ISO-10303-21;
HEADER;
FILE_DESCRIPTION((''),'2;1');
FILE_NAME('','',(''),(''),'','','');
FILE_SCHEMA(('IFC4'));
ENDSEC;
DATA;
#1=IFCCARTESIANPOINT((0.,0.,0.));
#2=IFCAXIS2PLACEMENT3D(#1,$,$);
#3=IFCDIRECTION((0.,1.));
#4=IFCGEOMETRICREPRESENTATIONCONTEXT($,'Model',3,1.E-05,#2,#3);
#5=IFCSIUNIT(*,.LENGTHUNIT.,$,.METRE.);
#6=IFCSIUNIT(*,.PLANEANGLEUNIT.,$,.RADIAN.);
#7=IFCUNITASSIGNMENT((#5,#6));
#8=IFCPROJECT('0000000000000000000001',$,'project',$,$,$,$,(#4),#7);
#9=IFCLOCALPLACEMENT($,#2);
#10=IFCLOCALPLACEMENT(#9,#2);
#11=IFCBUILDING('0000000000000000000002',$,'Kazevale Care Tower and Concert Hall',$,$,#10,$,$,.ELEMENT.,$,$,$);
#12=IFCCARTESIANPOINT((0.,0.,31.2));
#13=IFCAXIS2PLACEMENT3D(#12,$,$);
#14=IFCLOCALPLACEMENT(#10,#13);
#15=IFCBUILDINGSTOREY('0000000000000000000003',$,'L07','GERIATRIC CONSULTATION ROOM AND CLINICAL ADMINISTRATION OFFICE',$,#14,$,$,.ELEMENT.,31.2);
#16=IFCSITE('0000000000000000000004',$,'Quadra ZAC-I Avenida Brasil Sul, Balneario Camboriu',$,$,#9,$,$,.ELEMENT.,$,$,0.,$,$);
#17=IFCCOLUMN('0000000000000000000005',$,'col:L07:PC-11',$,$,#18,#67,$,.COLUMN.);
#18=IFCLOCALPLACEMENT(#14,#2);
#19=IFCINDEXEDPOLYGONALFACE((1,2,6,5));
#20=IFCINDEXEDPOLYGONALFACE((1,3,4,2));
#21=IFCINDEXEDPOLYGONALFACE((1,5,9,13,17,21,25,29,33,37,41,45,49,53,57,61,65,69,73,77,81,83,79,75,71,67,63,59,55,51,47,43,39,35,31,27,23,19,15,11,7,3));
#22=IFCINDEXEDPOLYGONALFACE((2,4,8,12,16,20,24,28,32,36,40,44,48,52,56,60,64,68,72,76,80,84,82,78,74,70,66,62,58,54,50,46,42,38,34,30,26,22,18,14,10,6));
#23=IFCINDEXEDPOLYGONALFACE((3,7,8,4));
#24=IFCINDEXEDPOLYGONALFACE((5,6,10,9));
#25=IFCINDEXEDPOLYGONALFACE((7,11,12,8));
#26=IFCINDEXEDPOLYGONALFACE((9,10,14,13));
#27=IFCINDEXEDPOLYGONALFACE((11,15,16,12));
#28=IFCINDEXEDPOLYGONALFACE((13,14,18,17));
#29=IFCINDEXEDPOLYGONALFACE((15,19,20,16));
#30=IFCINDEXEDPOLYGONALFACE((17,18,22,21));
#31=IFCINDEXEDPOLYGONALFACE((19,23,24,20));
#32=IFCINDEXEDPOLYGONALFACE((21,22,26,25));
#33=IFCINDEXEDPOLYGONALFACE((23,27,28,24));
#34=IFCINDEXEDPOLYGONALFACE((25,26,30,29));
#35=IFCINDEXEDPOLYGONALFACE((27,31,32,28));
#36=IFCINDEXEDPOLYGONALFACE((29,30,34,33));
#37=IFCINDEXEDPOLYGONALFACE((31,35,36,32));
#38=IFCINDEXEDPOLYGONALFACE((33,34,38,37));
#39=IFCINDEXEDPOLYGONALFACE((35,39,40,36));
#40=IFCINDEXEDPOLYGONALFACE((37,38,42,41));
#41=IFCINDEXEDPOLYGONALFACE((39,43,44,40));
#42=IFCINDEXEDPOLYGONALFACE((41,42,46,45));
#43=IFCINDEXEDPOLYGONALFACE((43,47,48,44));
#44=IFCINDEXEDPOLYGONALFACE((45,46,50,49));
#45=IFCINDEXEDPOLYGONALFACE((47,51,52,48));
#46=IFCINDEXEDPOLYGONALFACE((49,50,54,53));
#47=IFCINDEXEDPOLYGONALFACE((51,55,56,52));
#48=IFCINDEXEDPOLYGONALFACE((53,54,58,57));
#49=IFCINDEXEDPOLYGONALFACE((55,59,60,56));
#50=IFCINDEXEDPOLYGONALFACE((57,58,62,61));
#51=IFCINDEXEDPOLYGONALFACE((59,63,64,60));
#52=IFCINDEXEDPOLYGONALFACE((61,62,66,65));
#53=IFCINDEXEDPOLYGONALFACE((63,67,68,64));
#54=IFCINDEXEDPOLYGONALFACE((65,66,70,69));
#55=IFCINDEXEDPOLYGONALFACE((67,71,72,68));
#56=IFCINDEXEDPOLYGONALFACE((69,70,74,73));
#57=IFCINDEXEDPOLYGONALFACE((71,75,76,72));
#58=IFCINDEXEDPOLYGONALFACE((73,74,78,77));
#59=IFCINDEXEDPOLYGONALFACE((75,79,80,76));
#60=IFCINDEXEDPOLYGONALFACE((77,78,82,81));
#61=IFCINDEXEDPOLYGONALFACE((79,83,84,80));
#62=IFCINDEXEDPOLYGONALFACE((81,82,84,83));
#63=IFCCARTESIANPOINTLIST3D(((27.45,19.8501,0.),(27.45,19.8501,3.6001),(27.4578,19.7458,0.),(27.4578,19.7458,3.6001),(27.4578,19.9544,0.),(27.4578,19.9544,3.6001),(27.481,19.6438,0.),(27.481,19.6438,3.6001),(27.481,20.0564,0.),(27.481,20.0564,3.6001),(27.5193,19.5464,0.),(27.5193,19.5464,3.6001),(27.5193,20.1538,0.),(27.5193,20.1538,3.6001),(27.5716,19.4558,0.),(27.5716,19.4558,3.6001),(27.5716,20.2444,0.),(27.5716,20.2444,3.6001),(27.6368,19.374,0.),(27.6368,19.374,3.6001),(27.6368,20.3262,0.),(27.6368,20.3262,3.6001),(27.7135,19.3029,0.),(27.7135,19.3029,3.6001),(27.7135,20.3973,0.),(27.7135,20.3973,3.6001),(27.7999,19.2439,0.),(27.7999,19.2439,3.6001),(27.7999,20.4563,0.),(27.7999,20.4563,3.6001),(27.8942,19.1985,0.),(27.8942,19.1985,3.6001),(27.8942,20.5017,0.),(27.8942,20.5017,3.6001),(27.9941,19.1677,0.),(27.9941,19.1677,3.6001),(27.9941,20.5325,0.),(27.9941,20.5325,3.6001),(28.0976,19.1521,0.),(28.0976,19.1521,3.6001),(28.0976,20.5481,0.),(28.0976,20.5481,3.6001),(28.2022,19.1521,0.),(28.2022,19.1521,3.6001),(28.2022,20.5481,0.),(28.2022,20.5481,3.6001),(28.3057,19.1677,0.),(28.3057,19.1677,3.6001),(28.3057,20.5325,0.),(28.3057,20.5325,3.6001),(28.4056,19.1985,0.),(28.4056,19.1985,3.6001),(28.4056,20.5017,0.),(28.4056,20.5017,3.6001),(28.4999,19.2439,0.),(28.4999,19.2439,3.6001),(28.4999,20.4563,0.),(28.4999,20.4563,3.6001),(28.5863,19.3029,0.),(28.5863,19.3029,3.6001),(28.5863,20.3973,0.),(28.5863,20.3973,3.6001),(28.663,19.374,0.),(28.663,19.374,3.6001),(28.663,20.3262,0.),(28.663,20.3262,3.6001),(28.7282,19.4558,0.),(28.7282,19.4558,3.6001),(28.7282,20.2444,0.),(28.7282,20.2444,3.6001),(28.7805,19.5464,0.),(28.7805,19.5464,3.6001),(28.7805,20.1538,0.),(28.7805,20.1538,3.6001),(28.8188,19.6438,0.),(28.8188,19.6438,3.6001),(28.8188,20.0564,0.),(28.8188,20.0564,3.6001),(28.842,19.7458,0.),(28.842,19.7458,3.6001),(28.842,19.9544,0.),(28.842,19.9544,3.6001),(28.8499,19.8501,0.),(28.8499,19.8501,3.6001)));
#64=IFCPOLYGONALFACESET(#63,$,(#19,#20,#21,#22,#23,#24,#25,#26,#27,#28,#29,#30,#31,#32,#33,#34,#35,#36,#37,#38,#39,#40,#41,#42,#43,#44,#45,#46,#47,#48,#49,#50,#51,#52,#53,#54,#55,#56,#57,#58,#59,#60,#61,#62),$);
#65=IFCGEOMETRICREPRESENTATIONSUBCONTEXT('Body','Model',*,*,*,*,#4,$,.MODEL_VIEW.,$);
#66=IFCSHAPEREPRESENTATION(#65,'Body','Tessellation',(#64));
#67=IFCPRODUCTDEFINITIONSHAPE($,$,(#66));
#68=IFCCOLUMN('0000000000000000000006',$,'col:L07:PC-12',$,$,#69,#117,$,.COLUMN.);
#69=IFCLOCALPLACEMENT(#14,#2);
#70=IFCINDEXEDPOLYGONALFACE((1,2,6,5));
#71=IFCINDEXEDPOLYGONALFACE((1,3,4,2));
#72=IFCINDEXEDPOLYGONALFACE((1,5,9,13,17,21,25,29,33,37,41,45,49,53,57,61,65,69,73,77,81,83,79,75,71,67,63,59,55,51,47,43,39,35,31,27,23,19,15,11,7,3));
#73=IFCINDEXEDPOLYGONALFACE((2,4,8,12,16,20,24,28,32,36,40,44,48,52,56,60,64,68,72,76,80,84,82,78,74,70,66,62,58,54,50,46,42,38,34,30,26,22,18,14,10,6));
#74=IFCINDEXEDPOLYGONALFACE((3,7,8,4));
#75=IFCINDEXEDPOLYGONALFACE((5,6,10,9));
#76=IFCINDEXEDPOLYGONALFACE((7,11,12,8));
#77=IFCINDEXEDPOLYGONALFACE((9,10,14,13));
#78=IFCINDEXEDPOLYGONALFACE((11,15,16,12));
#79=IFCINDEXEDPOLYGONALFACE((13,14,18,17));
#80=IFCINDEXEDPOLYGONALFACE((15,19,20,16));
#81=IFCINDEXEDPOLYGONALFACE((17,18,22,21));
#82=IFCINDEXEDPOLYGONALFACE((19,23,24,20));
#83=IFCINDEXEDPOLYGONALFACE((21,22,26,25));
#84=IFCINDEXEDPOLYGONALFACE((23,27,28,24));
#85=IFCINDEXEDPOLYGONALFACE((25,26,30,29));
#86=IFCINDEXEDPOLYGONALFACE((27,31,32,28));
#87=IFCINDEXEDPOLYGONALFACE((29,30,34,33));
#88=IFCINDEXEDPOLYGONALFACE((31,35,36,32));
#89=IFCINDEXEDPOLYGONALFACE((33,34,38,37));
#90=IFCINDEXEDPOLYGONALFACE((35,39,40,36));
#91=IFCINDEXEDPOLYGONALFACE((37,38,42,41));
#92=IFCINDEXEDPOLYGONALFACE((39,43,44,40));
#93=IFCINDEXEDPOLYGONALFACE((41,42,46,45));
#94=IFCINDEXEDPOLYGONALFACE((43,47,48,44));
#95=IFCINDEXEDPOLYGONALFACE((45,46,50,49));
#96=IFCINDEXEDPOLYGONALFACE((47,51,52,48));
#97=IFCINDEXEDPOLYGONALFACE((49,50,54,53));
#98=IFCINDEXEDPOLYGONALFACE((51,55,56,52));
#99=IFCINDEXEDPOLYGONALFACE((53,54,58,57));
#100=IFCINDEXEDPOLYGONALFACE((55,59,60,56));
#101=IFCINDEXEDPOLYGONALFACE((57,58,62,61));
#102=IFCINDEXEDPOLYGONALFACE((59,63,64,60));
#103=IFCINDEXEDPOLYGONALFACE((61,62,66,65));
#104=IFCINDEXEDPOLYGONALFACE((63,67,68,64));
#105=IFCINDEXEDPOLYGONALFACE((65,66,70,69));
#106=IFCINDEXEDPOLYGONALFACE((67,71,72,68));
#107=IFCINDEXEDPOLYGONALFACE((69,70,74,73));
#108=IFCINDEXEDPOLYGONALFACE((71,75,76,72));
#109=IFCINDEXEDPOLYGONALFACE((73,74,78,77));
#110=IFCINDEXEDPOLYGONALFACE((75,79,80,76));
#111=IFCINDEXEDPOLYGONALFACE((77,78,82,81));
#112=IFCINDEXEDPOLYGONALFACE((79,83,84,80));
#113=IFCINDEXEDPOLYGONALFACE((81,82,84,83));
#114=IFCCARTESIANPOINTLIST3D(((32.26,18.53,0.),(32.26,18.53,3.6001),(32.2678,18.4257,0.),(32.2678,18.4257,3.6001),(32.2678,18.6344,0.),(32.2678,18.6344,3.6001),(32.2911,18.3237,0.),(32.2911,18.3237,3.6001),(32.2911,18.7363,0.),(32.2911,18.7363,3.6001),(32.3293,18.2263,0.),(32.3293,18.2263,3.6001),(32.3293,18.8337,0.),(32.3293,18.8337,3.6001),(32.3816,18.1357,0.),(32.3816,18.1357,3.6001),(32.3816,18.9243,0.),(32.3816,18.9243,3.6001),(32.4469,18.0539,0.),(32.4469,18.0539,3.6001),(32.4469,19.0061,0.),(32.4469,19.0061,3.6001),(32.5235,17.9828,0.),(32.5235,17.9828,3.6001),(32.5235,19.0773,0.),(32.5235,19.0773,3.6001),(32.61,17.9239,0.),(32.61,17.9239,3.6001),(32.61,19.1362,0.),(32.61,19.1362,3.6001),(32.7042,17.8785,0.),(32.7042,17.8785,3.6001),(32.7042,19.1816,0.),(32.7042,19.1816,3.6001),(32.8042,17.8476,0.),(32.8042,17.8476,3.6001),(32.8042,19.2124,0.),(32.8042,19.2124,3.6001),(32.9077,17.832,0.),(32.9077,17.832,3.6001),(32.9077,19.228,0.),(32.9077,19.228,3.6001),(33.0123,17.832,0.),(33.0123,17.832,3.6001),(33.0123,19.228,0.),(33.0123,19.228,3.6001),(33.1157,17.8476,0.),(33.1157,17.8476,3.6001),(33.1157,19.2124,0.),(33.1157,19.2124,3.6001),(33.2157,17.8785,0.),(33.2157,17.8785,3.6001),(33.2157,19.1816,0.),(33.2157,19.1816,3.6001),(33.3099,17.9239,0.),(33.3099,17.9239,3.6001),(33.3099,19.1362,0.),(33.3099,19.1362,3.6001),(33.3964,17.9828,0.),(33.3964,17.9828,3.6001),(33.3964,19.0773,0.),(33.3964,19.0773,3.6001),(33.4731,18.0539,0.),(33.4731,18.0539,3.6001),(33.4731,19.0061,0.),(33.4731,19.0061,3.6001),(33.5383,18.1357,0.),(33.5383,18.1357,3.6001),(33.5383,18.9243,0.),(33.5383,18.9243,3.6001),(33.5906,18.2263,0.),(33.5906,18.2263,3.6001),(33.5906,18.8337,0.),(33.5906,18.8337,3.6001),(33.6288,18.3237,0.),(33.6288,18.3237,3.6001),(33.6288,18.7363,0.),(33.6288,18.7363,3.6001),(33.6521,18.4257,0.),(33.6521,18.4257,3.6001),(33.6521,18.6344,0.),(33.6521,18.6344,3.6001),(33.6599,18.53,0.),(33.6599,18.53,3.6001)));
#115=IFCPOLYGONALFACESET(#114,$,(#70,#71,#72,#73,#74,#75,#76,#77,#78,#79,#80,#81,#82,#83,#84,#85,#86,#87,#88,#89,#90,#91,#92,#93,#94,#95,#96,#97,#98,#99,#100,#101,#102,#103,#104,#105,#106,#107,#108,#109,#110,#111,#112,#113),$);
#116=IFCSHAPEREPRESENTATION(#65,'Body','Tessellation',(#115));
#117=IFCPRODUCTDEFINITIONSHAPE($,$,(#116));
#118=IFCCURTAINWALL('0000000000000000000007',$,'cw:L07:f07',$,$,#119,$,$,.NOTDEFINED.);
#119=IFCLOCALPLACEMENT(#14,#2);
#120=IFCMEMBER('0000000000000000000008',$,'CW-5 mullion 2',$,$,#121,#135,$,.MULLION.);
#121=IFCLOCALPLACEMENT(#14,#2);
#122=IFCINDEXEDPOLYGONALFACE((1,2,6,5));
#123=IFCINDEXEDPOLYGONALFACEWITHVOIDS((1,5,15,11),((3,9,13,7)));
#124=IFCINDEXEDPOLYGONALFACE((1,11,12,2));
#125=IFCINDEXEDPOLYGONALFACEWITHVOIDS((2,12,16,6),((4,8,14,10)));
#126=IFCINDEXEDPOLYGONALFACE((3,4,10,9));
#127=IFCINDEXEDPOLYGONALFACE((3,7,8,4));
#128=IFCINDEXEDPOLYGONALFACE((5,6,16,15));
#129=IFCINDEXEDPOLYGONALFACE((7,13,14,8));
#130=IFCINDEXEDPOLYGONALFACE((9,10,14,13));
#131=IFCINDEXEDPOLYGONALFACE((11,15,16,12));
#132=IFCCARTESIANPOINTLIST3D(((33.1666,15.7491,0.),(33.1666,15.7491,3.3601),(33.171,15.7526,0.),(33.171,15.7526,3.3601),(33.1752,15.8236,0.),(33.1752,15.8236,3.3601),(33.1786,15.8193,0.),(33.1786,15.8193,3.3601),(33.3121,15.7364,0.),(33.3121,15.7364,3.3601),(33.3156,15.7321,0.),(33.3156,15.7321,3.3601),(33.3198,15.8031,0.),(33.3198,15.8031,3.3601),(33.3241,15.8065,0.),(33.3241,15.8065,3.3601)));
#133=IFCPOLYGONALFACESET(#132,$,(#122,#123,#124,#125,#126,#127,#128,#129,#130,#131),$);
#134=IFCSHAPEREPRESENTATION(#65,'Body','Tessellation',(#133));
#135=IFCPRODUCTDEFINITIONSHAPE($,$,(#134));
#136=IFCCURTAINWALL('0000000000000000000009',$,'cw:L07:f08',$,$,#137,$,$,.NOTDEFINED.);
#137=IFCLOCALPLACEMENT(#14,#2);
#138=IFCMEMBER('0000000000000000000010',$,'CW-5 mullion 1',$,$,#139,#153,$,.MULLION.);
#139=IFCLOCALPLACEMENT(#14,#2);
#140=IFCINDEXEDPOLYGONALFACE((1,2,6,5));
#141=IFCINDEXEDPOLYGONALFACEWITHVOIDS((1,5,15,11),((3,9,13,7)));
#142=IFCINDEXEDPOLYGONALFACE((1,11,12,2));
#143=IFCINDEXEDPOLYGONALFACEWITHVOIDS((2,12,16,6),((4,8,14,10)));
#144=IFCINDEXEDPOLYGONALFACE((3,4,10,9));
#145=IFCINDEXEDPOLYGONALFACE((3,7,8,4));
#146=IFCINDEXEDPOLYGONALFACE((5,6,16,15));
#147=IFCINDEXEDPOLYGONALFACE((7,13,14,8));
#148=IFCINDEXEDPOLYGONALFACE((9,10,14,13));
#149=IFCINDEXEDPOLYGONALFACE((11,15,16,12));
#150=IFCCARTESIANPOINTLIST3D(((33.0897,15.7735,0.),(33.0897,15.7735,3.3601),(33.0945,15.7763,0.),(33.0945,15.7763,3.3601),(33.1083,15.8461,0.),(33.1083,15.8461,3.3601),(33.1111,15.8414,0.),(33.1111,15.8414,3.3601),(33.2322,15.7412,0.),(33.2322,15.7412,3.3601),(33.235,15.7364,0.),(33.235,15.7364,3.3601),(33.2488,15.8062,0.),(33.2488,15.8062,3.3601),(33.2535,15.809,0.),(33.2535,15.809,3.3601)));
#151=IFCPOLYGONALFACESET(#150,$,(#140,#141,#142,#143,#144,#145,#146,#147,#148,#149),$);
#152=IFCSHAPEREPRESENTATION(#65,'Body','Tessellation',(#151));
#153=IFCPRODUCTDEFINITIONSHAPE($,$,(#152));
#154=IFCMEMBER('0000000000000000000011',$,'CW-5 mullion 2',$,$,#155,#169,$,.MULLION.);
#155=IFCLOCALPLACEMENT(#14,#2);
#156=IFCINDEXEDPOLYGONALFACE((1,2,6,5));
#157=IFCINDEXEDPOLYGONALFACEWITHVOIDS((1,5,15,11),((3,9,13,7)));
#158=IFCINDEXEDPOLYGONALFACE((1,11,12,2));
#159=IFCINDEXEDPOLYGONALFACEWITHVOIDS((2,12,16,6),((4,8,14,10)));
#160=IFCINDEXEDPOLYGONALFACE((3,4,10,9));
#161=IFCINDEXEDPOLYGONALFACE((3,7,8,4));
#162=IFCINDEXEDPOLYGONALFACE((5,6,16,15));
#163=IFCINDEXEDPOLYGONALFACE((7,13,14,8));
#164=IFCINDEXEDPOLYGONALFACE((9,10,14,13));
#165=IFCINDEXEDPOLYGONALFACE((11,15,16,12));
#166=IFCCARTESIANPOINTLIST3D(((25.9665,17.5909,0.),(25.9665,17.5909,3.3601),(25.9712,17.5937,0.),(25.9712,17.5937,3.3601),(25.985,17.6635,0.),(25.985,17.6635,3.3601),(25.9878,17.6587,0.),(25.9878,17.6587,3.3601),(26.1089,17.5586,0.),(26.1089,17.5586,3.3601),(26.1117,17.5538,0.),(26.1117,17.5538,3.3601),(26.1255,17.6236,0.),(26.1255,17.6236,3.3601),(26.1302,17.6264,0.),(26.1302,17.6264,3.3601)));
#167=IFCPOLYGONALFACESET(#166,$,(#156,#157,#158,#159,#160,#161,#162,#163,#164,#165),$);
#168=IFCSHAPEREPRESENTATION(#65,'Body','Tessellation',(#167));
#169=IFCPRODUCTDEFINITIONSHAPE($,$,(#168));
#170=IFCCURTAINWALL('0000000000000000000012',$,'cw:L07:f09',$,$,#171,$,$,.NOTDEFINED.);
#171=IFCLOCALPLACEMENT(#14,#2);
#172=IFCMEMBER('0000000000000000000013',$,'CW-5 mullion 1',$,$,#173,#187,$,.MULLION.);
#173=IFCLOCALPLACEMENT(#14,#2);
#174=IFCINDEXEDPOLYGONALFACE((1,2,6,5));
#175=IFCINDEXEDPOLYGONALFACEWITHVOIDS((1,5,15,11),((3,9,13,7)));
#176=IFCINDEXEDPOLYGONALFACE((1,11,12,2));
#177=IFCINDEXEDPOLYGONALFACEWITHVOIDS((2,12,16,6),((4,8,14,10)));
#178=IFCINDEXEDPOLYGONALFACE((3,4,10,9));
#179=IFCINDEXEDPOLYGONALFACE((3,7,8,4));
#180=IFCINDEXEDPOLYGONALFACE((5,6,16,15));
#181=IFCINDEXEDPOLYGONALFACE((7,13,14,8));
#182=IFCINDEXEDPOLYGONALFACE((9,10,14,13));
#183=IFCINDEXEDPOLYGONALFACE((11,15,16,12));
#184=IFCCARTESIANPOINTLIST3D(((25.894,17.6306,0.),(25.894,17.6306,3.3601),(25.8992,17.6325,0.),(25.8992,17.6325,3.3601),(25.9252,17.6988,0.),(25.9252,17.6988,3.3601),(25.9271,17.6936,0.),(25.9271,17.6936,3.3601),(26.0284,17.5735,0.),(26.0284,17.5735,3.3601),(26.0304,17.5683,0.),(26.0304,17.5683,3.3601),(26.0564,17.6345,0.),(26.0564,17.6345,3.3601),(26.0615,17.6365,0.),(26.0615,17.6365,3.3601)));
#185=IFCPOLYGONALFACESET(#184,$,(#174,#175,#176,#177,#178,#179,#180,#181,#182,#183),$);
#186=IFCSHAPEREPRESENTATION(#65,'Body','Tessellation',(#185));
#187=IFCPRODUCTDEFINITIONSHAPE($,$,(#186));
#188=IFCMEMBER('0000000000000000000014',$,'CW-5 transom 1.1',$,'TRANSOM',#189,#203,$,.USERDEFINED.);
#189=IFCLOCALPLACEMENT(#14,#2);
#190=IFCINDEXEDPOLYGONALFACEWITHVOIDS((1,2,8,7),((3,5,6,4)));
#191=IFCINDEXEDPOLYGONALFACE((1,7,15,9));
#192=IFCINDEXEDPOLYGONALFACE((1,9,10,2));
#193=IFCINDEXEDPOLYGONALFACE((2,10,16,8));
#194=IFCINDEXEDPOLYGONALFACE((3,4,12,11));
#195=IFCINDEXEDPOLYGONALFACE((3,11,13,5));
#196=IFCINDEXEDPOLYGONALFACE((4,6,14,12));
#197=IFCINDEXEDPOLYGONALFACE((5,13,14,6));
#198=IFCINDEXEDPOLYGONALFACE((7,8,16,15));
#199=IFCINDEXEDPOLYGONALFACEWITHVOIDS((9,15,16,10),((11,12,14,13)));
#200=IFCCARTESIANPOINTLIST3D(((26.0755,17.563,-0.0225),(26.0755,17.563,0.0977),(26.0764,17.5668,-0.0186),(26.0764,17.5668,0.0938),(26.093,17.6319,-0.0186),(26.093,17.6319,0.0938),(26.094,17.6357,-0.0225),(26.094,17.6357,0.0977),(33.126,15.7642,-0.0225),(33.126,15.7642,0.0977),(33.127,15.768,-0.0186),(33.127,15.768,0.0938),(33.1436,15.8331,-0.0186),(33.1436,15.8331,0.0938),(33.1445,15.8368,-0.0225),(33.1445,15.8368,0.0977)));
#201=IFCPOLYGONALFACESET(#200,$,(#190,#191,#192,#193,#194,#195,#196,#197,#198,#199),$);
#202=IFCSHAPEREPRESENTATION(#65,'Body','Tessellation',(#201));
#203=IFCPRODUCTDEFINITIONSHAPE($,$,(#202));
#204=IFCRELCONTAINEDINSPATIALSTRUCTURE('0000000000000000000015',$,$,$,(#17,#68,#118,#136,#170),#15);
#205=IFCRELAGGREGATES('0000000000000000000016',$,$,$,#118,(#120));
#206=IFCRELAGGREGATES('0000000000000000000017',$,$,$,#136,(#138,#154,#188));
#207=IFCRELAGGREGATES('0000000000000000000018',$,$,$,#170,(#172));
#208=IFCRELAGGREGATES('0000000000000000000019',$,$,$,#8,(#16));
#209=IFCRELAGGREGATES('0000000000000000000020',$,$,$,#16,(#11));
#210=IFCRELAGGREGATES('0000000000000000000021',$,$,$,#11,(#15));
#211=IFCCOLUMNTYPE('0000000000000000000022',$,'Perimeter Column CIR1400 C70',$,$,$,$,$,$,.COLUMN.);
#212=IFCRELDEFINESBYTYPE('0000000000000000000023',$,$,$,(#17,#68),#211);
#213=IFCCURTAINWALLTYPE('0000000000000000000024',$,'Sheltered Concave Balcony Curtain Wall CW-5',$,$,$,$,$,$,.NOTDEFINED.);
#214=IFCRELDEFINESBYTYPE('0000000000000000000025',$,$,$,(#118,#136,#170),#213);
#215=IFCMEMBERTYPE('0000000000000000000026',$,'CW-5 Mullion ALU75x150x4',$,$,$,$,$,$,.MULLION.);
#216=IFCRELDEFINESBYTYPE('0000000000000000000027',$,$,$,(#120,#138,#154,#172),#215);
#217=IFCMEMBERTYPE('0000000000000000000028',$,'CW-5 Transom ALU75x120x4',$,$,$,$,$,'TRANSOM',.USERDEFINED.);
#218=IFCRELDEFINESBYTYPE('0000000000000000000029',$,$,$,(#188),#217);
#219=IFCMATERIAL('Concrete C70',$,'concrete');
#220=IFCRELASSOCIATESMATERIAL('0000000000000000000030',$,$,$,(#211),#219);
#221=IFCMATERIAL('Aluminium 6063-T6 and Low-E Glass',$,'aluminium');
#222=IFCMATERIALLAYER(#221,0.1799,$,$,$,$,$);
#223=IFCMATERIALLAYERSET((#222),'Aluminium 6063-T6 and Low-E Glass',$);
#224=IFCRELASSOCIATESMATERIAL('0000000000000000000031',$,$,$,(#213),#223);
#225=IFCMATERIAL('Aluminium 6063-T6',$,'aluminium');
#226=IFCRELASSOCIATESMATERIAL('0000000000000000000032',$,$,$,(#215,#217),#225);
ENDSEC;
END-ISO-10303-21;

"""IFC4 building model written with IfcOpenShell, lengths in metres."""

from ifc_helpers import new_model, si_unit, direction, frame, origin, origin_2d, place, context, subcontext, project, spatial, hollow_rectangle, circle, extrude, material, layer, layer_set, material_profile, profile_set, type_object, element, aggregate, save


model = new_model("IFC4")

# Units and contexts
model_context = context("Model", 3, precision=1e-05, world=origin(), true_north=direction((0.0, 1.0)))
body_context = subcontext(model_context, "Body", "Model", "MODEL_VIEW")
ifc_project = project(units=[si_unit("LENGTHUNIT", "METRE"), si_unit("PLANEANGLEUNIT", "RADIAN")], contexts=[model_context])

# Site, building, storey
site_placement = place(None, origin())
site = spatial("IfcSite", under=ifc_project, at=site_placement, Name="Quadra ZAC-I Avenida Brasil Sul, Balneario Camboriu", CompositionType="ELEMENT", RefElevation=0.0)
building_placement = place(site_placement, origin())
building = spatial("IfcBuilding", under=site, at=building_placement, Name="Kazevale Care Tower and Concert Hall", CompositionType="ELEMENT")
storey_placement = place(building_placement, frame((0.0, 0.0, 31.2)))
storey = spatial("IfcBuildingStorey", under=building, at=storey_placement, Name="L07", Description="GERIATRIC CONSULTATION ROOM AND CLINICAL ADMINISTRATION OFFICE", CompositionType="ELEMENT", Elevation=31.2)

# Columns
ifc_material_1 = material(Name="Concrete C70", Category="concrete")
ifc_material_profile_1 = material_profile(ifc_material_1, circle(Radius=0.7, at=origin_2d()), Name="RC-CIR1400")
ifc_profile_set_1 = profile_set([ifc_material_profile_1], Name="Concrete C70")
column_type = type_object("IfcColumnType", Name="Perimeter Column CIR1400 C70", PredefinedType="COLUMN", material=ifc_profile_set_1)
for number, where, z_axis, x_axis, name in (
    (1, (28.1499, 19.8501, 0.0), (0.0, 0.0, 1.0), (1.0, 0.0, 0.0), "col:L07:PC-11"),
    (2, (32.96, 18.53, 0.0), (0.0, 0.0, 1.0), (1.0, 0.0, 0.0), "col:L07:PC-12"),
):
    element("IfcColumn", number, at=place(storey_placement, frame(where, z_axis=z_axis, x_axis=x_axis)), inside=storey, type_object=column_type, Name=name, PredefinedType="COLUMN", context=body_context, shape_type="SweptSolid", body=[
        extrude(circle(Radius=0.7, at=origin_2d()), origin(), (0.0, 0.0, 1.0), 3.6001),
    ])

# Curtain wall, member
ifc_material_2 = material(Name="Aluminium 6063-T6 and Low-E Glass", Category="aluminium")
ifc_layer_1 = layer(ifc_material_2, 0.1799)
ifc_layer_set_1 = layer_set([ifc_layer_1], Name="Aluminium 6063-T6 and Low-E Glass")
curtain_wall_type = type_object("IfcCurtainWallType", Name="Sheltered Concave Balcony Curtain Wall CW-5", PredefinedType="NOTDEFINED", material=ifc_layer_set_1)
curtain_wall_1_placement = place(storey_placement, origin())
curtain_wall_1 = element("IfcCurtainWall", 3, at=curtain_wall_1_placement, inside=storey, type_object=curtain_wall_type, Name="cw:L07:f07", PredefinedType="NOTDEFINED")
ifc_material_3 = material(Name="Aluminium 6063-T6", Category="aluminium")
ifc_material_profile_2 = material_profile(ifc_material_3, hollow_rectangle(XDim=0.075, YDim=0.1499, WallThickness=0.0039, at=origin_2d()), Name="ALU75x150x4")
ifc_profile_set_2 = profile_set([ifc_material_profile_2], Name="Aluminium 6063-T6")
member_type_1 = type_object("IfcMemberType", Name="CW-5 Mullion ALU75x150x4", PredefinedType="MULLION", material=ifc_profile_set_2)
member_1_placement = place(storey_placement, frame((33.2454, 15.7778, 0.0), z_axis=(0.0, 0.0, 1.0), x_axis=(-0.113705, -0.993515, 0.0)))
member_1 = element("IfcMember", 4, at=member_1_placement, type_object=member_type_1, Name="CW-5 mullion 2", PredefinedType="MULLION", context=body_context, shape_type="SweptSolid", body=[
    extrude(hollow_rectangle(XDim=0.075, YDim=0.1499, WallThickness=0.0039, at=origin_2d()), origin(), (0.0, 0.0, 1.0), 3.3601),
])
aggregate(curtain_wall_1, [member_1])

# Curtain wall, members
curtain_wall_2_placement = place(storey_placement, origin())
curtain_wall_2 = element("IfcCurtainWall", 5, at=curtain_wall_2_placement, inside=storey, type_object=curtain_wall_type, Name="cw:L07:f08", PredefinedType="NOTDEFINED")
member_2_placement = place(storey_placement, frame((33.1716, 15.7913, 0.0), z_axis=(0.0, 0.0, 1.0), x_axis=(-0.247222, -0.968959, 0.0)))
member_2 = element("IfcMember", 6, at=member_2_placement, type_object=member_type_1, Name="CW-5 mullion 1", PredefinedType="MULLION", context=body_context, shape_type="SweptSolid", body=[
    extrude(hollow_rectangle(XDim=0.075, YDim=0.1499, WallThickness=0.0039, at=origin_2d()), origin(), (0.0, 0.0, 1.0), 3.3601),
])
member_3_placement = place(storey_placement, frame((26.0483, 17.6086, 0.0), z_axis=(0.0, 0.0, 1.0), x_axis=(-0.247222, -0.968959, 0.0)))
member_3 = element("IfcMember", 7, at=member_3_placement, type_object=member_type_1, Name="CW-5 mullion 2", PredefinedType="MULLION", context=body_context, shape_type="SweptSolid", body=[
    extrude(hollow_rectangle(XDim=0.075, YDim=0.1499, WallThickness=0.0039, at=origin_2d()), origin(), (0.0, 0.0, 1.0), 3.3601),
])

# Curtain wall, member
curtain_wall_3_placement = place(storey_placement, origin())
curtain_wall_3 = element("IfcCurtainWall", 8, at=curtain_wall_3_placement, inside=storey, type_object=curtain_wall_type, Name="cw:L07:f09", PredefinedType="NOTDEFINED")
member_4_placement = place(storey_placement, frame((25.9778, 17.6335, 0.0), z_axis=(0.0, 0.0, 1.0), x_axis=(-0.41566, -0.90952, 0.0)))
member_4 = element("IfcMember", 9, at=member_4_placement, type_object=member_type_1, Name="CW-5 mullion 1", PredefinedType="MULLION", context=body_context, shape_type="SweptSolid", body=[
    extrude(hollow_rectangle(XDim=0.075, YDim=0.1499, WallThickness=0.0039, at=origin_2d()), origin(), (0.0, 0.0, 1.0), 3.3601),
])

# Member
ifc_material_profile_3 = material_profile(ifc_material_3, hollow_rectangle(XDim=0.075, YDim=0.1201, WallThickness=0.0039, at=origin_2d()), Name="ALU75x120x4")
ifc_profile_set_3 = profile_set([ifc_material_profile_3], Name="Aluminium 6063-T6")
member_type_2 = type_object("IfcMemberType", Name="CW-5 Transom ALU75x120x4", ElementType="TRANSOM", PredefinedType="USERDEFINED", material=ifc_profile_set_3)
member_5_placement = place(storey_placement, frame((33.1353, 15.8005, 0.0376), z_axis=(-0.968961, 0.247214, 0.0), x_axis=(-0.247214, -0.968961, 0.0)))
member_5 = element("IfcMember", 10, at=member_5_placement, type_object=member_type_2, Name="CW-5 transom 1.1", ObjectType="TRANSOM", PredefinedType="USERDEFINED", context=body_context, shape_type="SweptSolid", body=[
    extrude(hollow_rectangle(XDim=0.075, YDim=0.1201, WallThickness=0.0039, at=origin_2d()), origin(), (0.0, 0.0, 1.0), 7.2764),
])

aggregate(curtain_wall_2, [member_2, member_3, member_5])
aggregate(curtain_wall_3, [member_4])

save(model, "model.ifc")
